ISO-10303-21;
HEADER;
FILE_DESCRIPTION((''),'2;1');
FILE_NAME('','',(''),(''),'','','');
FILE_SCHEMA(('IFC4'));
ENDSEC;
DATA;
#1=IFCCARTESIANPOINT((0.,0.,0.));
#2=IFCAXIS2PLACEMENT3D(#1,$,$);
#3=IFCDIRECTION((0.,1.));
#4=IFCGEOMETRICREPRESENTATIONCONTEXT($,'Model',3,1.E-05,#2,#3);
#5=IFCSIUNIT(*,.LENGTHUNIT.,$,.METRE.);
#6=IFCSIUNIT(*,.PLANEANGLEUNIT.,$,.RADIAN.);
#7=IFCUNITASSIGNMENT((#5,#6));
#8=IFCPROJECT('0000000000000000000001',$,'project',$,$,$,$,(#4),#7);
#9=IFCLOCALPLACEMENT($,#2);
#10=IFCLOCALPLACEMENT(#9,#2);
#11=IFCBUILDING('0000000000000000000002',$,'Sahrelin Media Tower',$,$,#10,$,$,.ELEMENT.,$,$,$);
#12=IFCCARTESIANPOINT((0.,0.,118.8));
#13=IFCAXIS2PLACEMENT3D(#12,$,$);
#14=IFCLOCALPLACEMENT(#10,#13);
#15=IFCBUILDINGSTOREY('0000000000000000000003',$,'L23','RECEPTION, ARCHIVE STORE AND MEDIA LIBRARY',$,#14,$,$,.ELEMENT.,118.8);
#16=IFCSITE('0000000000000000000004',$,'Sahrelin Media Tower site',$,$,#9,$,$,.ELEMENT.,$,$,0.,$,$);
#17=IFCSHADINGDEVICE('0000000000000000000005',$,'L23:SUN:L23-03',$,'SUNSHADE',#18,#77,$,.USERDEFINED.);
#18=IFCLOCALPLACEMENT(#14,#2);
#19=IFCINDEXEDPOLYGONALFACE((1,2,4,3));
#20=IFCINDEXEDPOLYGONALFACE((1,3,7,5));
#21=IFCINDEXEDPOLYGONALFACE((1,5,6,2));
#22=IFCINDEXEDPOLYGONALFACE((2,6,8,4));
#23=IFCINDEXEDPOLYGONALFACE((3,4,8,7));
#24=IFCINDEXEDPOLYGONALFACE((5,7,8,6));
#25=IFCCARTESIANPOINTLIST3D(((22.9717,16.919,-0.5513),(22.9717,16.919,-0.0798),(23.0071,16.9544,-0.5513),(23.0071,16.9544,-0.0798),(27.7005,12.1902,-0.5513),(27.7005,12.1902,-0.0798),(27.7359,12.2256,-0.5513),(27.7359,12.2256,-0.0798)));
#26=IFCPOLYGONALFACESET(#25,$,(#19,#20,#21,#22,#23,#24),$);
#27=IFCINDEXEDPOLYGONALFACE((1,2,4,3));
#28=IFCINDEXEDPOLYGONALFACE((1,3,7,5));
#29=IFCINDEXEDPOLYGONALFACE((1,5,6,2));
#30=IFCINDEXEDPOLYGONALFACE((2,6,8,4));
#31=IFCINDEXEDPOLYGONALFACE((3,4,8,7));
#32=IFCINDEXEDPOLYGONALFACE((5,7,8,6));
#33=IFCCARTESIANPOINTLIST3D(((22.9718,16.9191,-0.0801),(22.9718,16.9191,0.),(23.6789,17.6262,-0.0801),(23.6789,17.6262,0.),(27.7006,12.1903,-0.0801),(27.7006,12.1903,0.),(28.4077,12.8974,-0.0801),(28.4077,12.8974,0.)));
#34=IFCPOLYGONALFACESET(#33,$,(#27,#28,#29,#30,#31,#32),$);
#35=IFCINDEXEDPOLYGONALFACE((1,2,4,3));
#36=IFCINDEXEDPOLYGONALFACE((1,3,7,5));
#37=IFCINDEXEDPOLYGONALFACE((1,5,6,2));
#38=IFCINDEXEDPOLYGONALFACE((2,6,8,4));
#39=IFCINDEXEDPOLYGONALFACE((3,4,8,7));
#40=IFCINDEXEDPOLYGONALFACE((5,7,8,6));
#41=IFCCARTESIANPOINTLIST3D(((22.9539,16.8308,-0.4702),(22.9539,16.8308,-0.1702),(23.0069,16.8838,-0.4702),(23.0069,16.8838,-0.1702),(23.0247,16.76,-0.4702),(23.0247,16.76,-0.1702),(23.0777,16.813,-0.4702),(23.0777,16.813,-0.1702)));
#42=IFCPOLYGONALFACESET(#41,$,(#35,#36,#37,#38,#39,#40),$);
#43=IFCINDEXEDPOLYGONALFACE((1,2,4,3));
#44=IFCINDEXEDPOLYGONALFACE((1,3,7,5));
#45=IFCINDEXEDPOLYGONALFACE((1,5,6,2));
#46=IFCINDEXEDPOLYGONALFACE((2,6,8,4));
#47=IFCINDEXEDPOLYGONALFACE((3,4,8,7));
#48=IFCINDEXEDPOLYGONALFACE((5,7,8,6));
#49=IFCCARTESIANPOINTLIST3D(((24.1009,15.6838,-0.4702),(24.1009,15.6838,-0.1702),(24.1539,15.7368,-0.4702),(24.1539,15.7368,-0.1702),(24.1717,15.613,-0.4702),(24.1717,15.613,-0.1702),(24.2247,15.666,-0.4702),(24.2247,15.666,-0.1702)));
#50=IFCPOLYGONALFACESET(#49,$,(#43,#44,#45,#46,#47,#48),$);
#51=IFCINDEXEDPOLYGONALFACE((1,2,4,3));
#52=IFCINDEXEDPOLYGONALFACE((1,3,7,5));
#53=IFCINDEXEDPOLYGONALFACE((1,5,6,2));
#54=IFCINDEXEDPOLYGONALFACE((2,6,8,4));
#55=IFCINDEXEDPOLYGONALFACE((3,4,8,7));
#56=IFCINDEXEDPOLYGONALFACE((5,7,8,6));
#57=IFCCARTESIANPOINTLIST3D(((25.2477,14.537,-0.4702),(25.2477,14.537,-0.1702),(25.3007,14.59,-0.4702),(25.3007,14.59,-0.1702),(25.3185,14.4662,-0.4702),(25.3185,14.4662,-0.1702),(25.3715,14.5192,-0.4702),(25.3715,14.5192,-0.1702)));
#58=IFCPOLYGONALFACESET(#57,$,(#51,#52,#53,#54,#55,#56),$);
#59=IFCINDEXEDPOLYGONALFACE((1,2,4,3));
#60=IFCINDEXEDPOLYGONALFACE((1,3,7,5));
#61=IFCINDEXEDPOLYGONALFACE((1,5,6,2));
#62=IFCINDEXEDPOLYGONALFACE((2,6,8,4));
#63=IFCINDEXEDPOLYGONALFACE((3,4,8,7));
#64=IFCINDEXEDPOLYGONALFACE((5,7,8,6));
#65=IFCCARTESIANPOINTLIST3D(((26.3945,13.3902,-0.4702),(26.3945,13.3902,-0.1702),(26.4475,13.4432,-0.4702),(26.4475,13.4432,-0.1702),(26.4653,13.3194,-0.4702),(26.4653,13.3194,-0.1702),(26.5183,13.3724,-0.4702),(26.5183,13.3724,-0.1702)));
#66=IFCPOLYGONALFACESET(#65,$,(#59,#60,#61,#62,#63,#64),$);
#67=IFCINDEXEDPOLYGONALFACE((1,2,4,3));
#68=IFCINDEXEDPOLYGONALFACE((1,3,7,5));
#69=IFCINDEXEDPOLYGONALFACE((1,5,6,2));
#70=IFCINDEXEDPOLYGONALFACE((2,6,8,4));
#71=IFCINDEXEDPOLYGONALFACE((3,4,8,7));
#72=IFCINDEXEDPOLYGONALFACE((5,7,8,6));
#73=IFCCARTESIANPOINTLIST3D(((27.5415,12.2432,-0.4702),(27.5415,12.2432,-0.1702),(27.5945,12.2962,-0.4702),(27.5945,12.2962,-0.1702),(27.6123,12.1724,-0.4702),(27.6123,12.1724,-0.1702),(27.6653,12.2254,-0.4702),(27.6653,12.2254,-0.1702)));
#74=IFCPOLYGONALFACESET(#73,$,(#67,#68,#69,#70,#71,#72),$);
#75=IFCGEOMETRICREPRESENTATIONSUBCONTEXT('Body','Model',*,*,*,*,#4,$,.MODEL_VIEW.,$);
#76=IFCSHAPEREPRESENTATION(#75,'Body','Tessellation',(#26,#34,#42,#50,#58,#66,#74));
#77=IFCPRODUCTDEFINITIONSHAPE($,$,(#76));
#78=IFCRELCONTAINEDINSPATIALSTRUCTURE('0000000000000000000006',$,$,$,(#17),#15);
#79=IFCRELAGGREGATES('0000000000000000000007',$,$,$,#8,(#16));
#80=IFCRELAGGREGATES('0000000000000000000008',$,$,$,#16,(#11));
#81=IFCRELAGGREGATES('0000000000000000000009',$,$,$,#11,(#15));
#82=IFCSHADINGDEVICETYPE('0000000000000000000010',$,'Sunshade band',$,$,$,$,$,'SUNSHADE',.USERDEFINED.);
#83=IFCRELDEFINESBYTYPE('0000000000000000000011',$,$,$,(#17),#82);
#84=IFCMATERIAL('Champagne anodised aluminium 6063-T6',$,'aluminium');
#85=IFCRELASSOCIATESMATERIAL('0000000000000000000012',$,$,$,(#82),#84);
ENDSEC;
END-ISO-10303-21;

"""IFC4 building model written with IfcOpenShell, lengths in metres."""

from ifc_helpers import new_model, si_unit, direction, frame, origin, origin_2d, place, context, subcontext, project, spatial, rectangle, extrude, material, type_object, element, save


model = new_model("IFC4")

# Units and contexts
model_context = context("Model", 3, precision=1e-05, world=origin(), true_north=direction((0.0, 1.0)))
body_context = subcontext(model_context, "Body", "Model", "MODEL_VIEW")
ifc_project = project(units=[si_unit("LENGTHUNIT", "METRE"), si_unit("PLANEANGLEUNIT", "RADIAN")], contexts=[model_context])

# Site, building, storey
site_placement = place(None, origin())
site = spatial("IfcSite", under=ifc_project, at=site_placement, Name="Sahrelin Media Tower site", CompositionType="ELEMENT", RefElevation=0.0)
building_placement = place(site_placement, origin())
building = spatial("IfcBuilding", under=site, at=building_placement, Name="Sahrelin Media Tower", CompositionType="ELEMENT")
storey_placement = place(building_placement, frame((0.0, 0.0, 118.8)))
storey = spatial("IfcBuildingStorey", under=building, at=storey_placement, Name="L23", Description="RECEPTION, ARCHIVE STORE AND MEDIA LIBRARY", CompositionType="ELEMENT", Elevation=118.8)

# Shared definitions
ifc_material_1 = material(Name="Champagne anodised aluminium 6063-T6", Category="aluminium")

# Shared definitions
placement_1 = place(storey_placement, frame((25.322, 14.5405, 0.0), z_axis=(0.0, 0.0, 1.0), x_axis=(0.707107, -0.707107, 0.0)))

# Shading device
shading_device_type_1 = type_object("IfcShadingDeviceType", Name="Sunshade band", ElementType="SUNSHADE", PredefinedType="USERDEFINED", material=ifc_material_1)
element("IfcShadingDevice", 1, at=placement_1, inside=storey, type_object=shading_device_type_1, Name="L23:SUN:L23-03", ObjectType="SUNSHADE", PredefinedType="USERDEFINED", context=body_context, shape_type="SweptSolid", body=[
    extrude(rectangle(XDim=6.6875, YDim=0.05, at=origin_2d()), frame((0.0, 0.0449, -0.5513)), (0.0, 0.0, 1.0), 0.4714),
    extrude(rectangle(XDim=6.6875, YDim=1.0, at=origin_2d()), frame((0.0, 0.52, -0.0801)), (0.0, 0.0, 1.0), 0.0801),
    extrude(rectangle(XDim=0.1001, YDim=0.075, at=origin_2d()), frame((-3.2439, -0.0176, -0.4702)), (0.0, 0.0, 1.0), 0.3),
    extrude(rectangle(XDim=0.1001, YDim=0.075, at=origin_2d()), frame((-1.6218, -0.0176, -0.4702)), (0.0, 0.0, 1.0), 0.3),
    extrude(rectangle(XDim=0.1001, YDim=0.075, at=origin_2d()), frame((0.0, -0.0176, -0.4702)), (0.0, 0.0, 1.0), 0.3),
    extrude(rectangle(XDim=0.1001, YDim=0.075, at=origin_2d()), frame((1.6218, -0.0176, -0.4702)), (0.0, 0.0, 1.0), 0.3),
    extrude(rectangle(XDim=0.1001, YDim=0.075, at=origin_2d()), frame((3.2439, -0.0176, -0.4702)), (0.0, 0.0, 1.0), 0.3),
])

save(model, "model.ifc")
